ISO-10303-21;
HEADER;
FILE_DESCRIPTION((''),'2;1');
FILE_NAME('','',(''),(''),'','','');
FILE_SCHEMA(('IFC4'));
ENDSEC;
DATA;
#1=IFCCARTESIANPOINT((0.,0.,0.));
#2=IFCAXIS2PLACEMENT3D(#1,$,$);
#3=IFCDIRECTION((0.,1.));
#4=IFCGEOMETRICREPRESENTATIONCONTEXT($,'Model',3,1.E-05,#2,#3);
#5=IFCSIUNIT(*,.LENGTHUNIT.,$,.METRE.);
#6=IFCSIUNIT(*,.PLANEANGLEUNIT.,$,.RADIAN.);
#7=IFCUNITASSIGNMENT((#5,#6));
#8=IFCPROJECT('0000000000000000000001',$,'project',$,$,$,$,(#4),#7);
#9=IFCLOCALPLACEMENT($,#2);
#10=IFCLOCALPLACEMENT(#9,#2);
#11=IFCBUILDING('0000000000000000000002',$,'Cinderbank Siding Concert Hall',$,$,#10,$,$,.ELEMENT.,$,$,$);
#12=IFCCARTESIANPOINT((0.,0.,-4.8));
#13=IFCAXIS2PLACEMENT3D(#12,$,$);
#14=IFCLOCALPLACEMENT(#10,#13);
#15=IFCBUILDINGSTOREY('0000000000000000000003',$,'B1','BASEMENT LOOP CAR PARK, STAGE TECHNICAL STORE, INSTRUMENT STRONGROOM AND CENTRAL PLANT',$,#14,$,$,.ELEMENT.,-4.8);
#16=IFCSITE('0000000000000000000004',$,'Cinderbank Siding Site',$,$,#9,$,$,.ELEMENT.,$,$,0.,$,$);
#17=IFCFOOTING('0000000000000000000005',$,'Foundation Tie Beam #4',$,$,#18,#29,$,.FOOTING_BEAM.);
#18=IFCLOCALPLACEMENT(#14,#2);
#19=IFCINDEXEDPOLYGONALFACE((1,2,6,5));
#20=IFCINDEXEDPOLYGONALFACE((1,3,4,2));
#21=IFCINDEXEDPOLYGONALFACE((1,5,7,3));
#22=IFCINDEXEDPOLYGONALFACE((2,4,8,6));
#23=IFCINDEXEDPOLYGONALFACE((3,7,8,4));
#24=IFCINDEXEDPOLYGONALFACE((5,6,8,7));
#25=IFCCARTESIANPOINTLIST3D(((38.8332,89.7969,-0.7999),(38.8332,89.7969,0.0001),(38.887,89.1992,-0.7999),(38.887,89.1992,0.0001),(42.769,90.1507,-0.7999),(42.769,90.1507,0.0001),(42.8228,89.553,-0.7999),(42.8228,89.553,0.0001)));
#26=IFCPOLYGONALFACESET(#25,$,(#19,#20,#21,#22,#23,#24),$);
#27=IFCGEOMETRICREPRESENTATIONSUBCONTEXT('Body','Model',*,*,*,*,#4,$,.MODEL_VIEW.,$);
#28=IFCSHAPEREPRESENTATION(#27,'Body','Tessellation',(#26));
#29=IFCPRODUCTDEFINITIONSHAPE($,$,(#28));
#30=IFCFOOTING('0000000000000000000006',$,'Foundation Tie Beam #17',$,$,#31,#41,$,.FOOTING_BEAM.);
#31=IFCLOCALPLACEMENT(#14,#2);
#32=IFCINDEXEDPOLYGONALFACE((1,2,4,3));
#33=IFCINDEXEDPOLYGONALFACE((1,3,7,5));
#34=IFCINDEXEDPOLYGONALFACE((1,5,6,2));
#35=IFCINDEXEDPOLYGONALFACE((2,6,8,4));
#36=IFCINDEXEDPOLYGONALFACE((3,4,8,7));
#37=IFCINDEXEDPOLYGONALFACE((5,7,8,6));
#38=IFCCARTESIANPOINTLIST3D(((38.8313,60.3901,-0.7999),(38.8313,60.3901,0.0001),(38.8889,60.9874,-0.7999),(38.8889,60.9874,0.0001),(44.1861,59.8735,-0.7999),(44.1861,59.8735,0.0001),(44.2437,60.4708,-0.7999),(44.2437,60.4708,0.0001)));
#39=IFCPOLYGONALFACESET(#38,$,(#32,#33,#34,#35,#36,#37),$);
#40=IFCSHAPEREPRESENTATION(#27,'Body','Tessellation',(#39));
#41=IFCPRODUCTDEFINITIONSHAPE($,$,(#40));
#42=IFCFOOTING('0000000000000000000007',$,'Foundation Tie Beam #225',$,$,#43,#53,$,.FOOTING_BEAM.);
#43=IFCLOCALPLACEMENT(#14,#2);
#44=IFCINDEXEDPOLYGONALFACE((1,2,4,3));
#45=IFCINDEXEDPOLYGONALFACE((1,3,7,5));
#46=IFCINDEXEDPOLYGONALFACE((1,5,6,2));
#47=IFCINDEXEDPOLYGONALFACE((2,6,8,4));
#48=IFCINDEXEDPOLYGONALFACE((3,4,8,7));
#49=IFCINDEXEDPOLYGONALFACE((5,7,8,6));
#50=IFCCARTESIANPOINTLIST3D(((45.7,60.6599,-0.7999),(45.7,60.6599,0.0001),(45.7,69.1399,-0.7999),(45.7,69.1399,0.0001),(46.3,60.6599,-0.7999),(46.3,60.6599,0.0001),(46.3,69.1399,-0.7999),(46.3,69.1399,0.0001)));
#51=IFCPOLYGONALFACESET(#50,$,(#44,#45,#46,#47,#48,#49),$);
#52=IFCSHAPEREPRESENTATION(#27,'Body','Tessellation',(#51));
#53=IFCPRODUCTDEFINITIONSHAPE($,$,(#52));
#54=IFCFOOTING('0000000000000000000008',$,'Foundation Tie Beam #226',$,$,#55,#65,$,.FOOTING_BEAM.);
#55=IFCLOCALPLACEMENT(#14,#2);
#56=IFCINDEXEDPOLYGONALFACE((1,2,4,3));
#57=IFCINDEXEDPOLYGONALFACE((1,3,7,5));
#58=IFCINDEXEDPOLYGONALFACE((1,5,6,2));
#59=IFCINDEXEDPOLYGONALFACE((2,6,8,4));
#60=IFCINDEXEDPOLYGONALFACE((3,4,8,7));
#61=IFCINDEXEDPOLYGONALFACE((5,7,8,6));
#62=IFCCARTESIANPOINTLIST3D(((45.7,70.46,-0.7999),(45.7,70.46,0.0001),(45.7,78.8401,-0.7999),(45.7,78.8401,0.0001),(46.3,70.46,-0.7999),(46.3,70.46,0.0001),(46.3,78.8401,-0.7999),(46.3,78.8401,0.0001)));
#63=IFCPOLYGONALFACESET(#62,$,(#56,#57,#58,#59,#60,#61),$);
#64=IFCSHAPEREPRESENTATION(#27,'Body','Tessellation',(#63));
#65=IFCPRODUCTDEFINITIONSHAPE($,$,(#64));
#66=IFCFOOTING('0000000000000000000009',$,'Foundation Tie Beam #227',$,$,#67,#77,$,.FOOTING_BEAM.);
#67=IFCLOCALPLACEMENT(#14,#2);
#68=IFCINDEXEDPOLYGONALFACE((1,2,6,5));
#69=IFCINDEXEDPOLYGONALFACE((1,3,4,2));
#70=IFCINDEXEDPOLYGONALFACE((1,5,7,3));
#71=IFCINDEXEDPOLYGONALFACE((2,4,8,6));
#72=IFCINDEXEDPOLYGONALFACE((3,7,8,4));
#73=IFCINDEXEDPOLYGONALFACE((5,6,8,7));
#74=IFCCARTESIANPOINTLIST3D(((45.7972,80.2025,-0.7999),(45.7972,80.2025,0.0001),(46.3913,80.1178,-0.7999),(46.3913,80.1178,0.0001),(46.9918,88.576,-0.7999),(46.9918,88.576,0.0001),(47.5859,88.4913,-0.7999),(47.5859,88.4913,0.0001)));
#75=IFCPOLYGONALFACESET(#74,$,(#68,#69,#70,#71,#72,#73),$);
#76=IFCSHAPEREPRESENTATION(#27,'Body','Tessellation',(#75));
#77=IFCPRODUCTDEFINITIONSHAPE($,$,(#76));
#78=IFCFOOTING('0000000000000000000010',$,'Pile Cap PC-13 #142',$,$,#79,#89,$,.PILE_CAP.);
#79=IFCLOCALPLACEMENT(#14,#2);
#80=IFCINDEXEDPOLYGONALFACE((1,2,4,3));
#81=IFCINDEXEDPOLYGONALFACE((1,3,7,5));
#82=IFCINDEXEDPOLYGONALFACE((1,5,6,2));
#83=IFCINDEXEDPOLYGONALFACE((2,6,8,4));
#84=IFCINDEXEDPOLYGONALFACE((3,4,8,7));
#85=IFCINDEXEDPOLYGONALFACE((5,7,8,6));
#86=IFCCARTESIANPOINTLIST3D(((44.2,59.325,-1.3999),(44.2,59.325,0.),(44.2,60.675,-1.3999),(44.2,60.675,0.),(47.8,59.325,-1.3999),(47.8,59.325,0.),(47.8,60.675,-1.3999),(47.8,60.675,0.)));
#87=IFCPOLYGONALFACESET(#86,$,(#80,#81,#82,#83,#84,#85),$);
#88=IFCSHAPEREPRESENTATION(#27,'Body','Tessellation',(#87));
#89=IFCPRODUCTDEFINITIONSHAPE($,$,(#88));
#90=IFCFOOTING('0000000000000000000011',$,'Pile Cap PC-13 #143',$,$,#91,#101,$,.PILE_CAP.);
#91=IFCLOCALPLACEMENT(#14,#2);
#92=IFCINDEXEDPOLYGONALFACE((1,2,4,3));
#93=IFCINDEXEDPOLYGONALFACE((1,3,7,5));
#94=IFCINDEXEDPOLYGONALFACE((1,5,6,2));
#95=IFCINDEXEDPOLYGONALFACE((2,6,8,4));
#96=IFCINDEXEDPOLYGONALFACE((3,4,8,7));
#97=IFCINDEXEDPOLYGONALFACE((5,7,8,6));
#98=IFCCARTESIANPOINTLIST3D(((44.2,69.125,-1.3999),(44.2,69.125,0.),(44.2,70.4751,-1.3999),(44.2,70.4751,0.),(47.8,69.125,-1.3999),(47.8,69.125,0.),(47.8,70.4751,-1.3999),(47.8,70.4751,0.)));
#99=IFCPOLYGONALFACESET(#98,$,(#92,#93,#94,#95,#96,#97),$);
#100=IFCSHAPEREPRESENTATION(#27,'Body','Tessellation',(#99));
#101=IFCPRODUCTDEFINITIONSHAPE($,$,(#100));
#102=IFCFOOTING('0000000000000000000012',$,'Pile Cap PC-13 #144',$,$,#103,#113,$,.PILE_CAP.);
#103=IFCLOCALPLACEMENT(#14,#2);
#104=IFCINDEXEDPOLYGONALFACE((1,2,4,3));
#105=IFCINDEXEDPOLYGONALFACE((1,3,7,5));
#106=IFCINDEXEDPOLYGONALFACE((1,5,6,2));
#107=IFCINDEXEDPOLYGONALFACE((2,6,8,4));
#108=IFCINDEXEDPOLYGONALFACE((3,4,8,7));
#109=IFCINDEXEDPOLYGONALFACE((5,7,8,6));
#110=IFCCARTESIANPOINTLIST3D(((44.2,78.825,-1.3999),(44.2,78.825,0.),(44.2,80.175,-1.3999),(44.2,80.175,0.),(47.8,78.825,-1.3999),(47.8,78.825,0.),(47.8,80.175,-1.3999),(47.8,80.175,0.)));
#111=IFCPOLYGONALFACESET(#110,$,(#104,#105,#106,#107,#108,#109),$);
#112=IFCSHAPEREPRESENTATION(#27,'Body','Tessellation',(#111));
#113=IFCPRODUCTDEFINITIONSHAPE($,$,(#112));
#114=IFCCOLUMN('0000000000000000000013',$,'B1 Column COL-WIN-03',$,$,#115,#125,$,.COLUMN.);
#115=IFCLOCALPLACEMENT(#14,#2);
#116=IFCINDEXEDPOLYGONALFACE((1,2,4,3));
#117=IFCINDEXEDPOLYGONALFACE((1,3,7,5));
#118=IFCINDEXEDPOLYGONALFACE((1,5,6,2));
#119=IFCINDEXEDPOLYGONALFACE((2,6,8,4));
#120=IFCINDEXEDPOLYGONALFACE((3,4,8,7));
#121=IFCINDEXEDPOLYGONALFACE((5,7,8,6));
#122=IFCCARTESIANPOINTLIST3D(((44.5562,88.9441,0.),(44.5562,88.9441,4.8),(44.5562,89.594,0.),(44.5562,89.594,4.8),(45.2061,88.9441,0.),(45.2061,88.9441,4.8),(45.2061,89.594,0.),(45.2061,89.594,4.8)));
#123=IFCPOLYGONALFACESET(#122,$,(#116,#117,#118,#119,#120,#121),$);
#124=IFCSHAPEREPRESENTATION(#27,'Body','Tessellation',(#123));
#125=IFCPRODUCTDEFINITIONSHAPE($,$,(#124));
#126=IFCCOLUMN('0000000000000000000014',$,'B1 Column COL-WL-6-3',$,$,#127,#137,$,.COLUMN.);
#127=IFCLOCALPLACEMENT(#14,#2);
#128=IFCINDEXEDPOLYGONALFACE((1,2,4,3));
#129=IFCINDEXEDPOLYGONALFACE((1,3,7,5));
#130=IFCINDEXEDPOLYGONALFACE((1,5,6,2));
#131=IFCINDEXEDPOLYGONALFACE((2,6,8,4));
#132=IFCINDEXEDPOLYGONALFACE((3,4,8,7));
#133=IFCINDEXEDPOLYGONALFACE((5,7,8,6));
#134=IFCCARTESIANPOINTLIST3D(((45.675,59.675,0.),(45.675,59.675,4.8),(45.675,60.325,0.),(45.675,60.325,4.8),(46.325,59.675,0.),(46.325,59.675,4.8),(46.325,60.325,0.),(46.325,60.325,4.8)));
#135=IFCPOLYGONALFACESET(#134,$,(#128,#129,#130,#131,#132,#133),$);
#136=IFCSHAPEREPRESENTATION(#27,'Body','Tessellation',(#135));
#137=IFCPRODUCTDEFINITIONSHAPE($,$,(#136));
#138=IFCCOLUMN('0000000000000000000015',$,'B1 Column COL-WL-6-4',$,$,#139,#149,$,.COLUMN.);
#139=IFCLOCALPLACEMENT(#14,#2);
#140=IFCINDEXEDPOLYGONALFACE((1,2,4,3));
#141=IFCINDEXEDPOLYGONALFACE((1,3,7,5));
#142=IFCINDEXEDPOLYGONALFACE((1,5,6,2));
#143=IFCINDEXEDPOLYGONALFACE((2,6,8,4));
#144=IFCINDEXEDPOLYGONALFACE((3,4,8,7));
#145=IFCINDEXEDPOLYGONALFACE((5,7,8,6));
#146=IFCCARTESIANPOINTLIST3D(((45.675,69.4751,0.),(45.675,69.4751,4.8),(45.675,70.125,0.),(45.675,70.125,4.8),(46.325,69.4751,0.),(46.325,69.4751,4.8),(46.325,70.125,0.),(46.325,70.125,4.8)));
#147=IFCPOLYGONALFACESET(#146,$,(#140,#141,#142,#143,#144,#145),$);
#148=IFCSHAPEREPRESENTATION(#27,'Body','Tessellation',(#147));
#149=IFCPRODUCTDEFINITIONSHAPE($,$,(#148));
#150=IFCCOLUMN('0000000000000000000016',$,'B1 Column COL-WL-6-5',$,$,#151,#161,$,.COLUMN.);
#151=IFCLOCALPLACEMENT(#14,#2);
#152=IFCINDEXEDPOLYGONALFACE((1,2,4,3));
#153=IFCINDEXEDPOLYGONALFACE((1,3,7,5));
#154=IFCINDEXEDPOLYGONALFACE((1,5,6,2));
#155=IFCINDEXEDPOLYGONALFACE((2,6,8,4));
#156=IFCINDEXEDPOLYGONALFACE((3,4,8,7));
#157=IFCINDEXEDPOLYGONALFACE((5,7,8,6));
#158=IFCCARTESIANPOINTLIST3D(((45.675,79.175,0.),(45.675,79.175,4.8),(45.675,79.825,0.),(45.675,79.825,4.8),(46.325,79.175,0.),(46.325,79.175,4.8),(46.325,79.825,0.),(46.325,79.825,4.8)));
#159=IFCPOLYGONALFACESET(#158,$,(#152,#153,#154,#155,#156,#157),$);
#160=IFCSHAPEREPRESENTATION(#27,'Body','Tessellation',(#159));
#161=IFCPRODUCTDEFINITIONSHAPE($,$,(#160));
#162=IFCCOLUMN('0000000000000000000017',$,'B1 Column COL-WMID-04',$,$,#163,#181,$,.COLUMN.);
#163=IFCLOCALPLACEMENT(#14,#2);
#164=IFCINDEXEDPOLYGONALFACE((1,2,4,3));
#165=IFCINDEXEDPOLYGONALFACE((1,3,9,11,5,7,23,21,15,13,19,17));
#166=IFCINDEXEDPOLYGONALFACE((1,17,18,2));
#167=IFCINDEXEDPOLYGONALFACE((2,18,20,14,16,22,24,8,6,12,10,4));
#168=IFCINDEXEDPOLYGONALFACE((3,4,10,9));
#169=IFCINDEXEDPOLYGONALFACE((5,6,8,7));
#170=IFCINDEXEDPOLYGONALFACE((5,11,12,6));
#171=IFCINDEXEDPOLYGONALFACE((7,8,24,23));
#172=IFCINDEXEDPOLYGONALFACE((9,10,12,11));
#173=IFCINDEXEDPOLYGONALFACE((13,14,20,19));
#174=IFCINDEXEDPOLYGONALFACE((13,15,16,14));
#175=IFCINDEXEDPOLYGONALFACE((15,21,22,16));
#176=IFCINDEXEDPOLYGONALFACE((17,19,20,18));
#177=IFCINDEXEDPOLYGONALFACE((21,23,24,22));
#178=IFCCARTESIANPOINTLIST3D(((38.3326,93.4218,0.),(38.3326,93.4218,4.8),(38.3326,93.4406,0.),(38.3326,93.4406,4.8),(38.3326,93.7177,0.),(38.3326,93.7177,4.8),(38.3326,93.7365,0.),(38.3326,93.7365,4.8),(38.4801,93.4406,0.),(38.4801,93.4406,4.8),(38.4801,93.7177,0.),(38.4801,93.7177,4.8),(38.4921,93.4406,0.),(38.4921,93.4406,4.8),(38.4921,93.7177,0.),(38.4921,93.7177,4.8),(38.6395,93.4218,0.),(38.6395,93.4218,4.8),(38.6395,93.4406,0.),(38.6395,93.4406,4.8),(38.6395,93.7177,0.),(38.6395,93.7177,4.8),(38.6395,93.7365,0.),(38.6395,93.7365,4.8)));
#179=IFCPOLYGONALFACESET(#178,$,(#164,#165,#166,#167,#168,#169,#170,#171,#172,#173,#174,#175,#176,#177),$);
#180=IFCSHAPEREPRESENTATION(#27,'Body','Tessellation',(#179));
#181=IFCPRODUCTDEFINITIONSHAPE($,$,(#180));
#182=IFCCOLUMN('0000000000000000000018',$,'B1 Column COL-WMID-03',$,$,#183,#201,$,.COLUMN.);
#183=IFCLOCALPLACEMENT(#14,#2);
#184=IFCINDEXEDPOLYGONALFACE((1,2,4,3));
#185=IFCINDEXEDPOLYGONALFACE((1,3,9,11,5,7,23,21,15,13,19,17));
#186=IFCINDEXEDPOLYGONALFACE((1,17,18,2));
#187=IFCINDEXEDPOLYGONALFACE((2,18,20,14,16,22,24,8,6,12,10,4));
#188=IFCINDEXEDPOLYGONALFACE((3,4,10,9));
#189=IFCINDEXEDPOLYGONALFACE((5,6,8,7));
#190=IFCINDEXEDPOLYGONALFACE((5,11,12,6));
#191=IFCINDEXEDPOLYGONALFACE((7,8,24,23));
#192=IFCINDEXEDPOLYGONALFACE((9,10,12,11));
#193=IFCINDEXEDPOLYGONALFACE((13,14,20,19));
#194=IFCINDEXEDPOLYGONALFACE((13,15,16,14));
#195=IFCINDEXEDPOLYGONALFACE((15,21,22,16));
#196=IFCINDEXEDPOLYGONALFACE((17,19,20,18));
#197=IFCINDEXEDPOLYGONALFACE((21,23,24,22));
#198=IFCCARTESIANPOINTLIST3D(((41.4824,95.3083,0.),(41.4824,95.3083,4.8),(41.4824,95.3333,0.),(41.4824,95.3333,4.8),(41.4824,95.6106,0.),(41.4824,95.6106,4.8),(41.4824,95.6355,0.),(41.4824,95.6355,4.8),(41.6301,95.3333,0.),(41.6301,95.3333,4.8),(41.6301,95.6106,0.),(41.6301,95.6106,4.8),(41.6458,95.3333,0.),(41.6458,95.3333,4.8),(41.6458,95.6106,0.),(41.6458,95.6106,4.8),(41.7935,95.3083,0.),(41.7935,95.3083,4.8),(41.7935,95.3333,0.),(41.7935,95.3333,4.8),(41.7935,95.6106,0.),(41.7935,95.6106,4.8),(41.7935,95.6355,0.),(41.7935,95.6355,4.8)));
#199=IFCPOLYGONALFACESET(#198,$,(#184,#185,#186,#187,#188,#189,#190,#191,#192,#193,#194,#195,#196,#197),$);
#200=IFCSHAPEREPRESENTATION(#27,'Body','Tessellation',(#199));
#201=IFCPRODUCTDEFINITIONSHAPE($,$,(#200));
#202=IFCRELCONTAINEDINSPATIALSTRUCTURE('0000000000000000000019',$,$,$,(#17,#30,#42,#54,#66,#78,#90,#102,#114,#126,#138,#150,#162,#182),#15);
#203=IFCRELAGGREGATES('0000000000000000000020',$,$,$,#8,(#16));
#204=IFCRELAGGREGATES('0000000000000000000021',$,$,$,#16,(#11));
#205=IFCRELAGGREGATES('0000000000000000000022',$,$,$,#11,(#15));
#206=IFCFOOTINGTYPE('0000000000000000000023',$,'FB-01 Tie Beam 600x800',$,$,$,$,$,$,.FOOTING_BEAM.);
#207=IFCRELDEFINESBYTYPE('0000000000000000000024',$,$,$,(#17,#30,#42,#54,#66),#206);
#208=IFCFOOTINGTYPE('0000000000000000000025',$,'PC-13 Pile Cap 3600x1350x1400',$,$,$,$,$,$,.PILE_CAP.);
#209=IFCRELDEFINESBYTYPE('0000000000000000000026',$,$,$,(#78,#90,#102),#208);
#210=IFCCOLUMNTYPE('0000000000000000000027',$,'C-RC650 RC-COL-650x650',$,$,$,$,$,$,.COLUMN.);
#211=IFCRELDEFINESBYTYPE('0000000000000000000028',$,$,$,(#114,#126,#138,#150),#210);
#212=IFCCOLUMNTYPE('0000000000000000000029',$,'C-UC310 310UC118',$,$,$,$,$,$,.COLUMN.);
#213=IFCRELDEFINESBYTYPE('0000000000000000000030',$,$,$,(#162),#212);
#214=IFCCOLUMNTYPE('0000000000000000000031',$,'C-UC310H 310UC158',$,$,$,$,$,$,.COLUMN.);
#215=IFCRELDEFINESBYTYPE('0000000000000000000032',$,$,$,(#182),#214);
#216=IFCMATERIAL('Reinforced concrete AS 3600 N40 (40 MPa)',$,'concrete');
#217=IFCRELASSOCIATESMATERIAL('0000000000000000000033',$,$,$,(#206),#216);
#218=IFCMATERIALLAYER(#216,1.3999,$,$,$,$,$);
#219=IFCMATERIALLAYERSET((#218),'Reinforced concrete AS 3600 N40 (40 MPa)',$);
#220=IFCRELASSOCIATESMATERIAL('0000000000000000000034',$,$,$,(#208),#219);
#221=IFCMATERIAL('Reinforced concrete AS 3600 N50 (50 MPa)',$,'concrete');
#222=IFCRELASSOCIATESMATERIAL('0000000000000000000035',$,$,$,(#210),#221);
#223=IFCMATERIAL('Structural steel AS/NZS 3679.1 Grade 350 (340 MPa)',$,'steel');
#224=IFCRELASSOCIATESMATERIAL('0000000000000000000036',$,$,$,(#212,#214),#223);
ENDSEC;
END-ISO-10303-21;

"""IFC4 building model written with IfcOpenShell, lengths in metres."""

from ifc_helpers import new_model, si_unit, direction, frame, origin, origin_2d, place, context, subcontext, project, spatial, rectangle, i_section, extrude, material, layer, layer_set, material_profile, profile_set, type_object, element, save


model = new_model("IFC4")

# Units and contexts
model_context = context("Model", 3, precision=1e-05, world=origin(), true_north=direction((0.0, 1.0)))
body_context = subcontext(model_context, "Body", "Model", "MODEL_VIEW")
ifc_project = project(units=[si_unit("LENGTHUNIT", "METRE"), si_unit("PLANEANGLEUNIT", "RADIAN")], contexts=[model_context])

# Site, building, storey
site_placement = place(None, origin())
site = spatial("IfcSite", under=ifc_project, at=site_placement, Name="Cinderbank Siding Site", CompositionType="ELEMENT", RefElevation=0.0)
building_placement = place(site_placement, origin())
building = spatial("IfcBuilding", under=site, at=building_placement, Name="Cinderbank Siding Concert Hall", CompositionType="ELEMENT")
storey_placement = place(building_placement, frame((0.0, 0.0, -4.8)))
storey = spatial("IfcBuildingStorey", under=building, at=storey_placement, Name="B1", Description="BASEMENT LOOP CAR PARK, STAGE TECHNICAL STORE, INSTRUMENT STRONGROOM AND CENTRAL PLANT", CompositionType="ELEMENT", Elevation=-4.8)

# Shared definitions
ifc_material_1 = material(Name="Reinforced concrete AS 3600 N40 (40 MPa)", Category="concrete")

# Footings
ifc_material_profile_1 = material_profile(ifc_material_1, rectangle(XDim=0.6001, YDim=0.8, at=origin_2d()), Name="RC-FB-600x800", Category="LoadBearing")
ifc_profile_set_1 = profile_set([ifc_material_profile_1], Name="Reinforced concrete AS 3600 N40 (40 MPa)")
footing_type_1 = type_object("IfcFootingType", Name="FB-01 Tie Beam 600x800", PredefinedType="FOOTING_BEAM", material=ifc_profile_set_1)
footing_1_placement = place(storey_placement, frame((38.8601, 89.498, -0.3999), z_axis=(0.995985, 0.089522, 0.0), x_axis=(-0.089522, 0.995985, 0.0)))
element("IfcFooting", 1, at=footing_1_placement, inside=storey, type_object=footing_type_1, Name="Foundation Tie Beam #4", PredefinedType="FOOTING_BEAM", context=body_context, shape_type="SweptSolid", body=[
    extrude(rectangle(XDim=0.6001, YDim=0.8, at=origin_2d()), origin(), (0.0, 0.0, 1.0), 3.9517),
])
footing_2_placement = place(storey_placement, frame((38.8601, 60.6887, -0.3999), z_axis=(0.995378, -0.09603, 0.0), x_axis=(0.09603, 0.995378, 0.0)))
element("IfcFooting", 2, at=footing_2_placement, inside=storey, type_object=footing_type_1, Name="Foundation Tie Beam #17", PredefinedType="FOOTING_BEAM", context=body_context, shape_type="SweptSolid", body=[
    extrude(rectangle(XDim=0.6001, YDim=0.8, at=origin_2d()), origin(), (0.0, 0.0, 1.0), 5.3796),
])
footing_3_placement = place(storey_placement, frame((46.0, 60.6599, -0.3999), z_axis=(0.0, 1.0, 0.0), x_axis=(-1.0, 0.0, 0.0)))
element("IfcFooting", 3, at=footing_3_placement, inside=storey, type_object=footing_type_1, Name="Foundation Tie Beam #225", PredefinedType="FOOTING_BEAM", context=body_context, shape_type="SweptSolid", body=[
    extrude(rectangle(XDim=0.6001, YDim=0.8, at=origin_2d()), origin(), (0.0, 0.0, 1.0), 8.48),
])
footing_4_placement = place(storey_placement, frame((46.0, 70.46, -0.3999), z_axis=(0.0, 1.0, 0.0), x_axis=(-1.0, 0.0, 0.0)))
element("IfcFooting", 4, at=footing_4_placement, inside=storey, type_object=footing_type_1, Name="Foundation Tie Beam #226", PredefinedType="FOOTING_BEAM", context=body_context, shape_type="SweptSolid", body=[
    extrude(rectangle(XDim=0.6001, YDim=0.8, at=origin_2d()), origin(), (0.0, 0.0, 1.0), 8.3801),
])
footing_5_placement = place(storey_placement, frame((46.0942, 80.1602, -0.3999), z_axis=(0.141231, 0.989977, 0.0), x_axis=(-0.989977, 0.141231, 0.0)))
element("IfcFooting", 5, at=footing_5_placement, inside=storey, type_object=footing_type_1, Name="Foundation Tie Beam #227", PredefinedType="FOOTING_BEAM", context=body_context, shape_type="SweptSolid", body=[
    extrude(rectangle(XDim=0.6001, YDim=0.8, at=origin_2d()), origin(), (0.0, 0.0, 1.0), 8.4583),
])
ifc_layer_1 = layer(ifc_material_1, 1.3999)
ifc_layer_set_1 = layer_set([ifc_layer_1], Name="Reinforced concrete AS 3600 N40 (40 MPa)")
footing_type_2 = type_object("IfcFootingType", Name="PC-13 Pile Cap 3600x1350x1400", PredefinedType="PILE_CAP", material=ifc_layer_set_1)
for number, where, z_axis, x_axis, name in (
    (6, (46.0, 60.0, -1.3999), (0.0, 0.0, 1.0), (1.0, 0.0, 0.0), "Pile Cap PC-13 #142"),
    (7, (46.0, 69.8, -1.3999), (0.0, 0.0, 1.0), (1.0, 0.0, 0.0), "Pile Cap PC-13 #143"),
    (8, (46.0, 79.5, -1.3999), (0.0, 0.0, 1.0), (1.0, 0.0, 0.0), "Pile Cap PC-13 #144"),
):
    element("IfcFooting", number, at=place(storey_placement, frame(where, z_axis=z_axis, x_axis=x_axis)), inside=storey, type_object=footing_type_2, Name=name, PredefinedType="PILE_CAP", context=body_context, shape_type="SweptSolid", body=[
        extrude(rectangle(XDim=3.6001, YDim=1.3501, at=origin_2d()), origin(), (0.0, 0.0, 1.0), 1.3999),
    ])

# Columns
ifc_material_2 = material(Name="Reinforced concrete AS 3600 N50 (50 MPa)", Category="concrete")
ifc_material_profile_2 = material_profile(ifc_material_2, rectangle(XDim=0.6499, YDim=0.6499, at=origin_2d()), Name="RC-COL-650x650", Category="LoadBearing")
ifc_profile_set_2 = profile_set([ifc_material_profile_2], Name="Reinforced concrete AS 3600 N50 (50 MPa)")
column_type_1 = type_object("IfcColumnType", Name="C-RC650 RC-COL-650x650", PredefinedType="COLUMN", material=ifc_profile_set_2)
for number, where, z_axis, x_axis, name in (
    (9, (44.8811, 89.269, 0.0), (0.0, 0.0, 1.0), (1.0, 0.0, 0.0), "B1 Column COL-WIN-03"),
    (10, (46.0, 60.0, 0.0), (0.0, 0.0, 1.0), (1.0, 0.0, 0.0), "B1 Column COL-WL-6-3"),
    (11, (46.0, 69.8, 0.0), (0.0, 0.0, 1.0), (1.0, 0.0, 0.0), "B1 Column COL-WL-6-4"),
    (12, (46.0, 79.5, 0.0), (0.0, 0.0, 1.0), (1.0, 0.0, 0.0), "B1 Column COL-WL-6-5"),
):
    element("IfcColumn", number, at=place(storey_placement, frame(where, z_axis=z_axis, x_axis=x_axis)), inside=storey, type_object=column_type_1, Name=name, PredefinedType="COLUMN", context=body_context, shape_type="SweptSolid", body=[
        extrude(rectangle(XDim=0.6499, YDim=0.6499, at=origin_2d()), origin(), (0.0, 0.0, 1.0), 4.8),
    ])
ifc_material_3 = material(Name="Structural steel AS/NZS 3679.1 Grade 350 (340 MPa)", Category="steel")
ifc_material_profile_3 = material_profile(ifc_material_3, i_section(OverallWidth=0.3069, OverallDepth=0.3147, WebThickness=0.012, FlangeThickness=0.0188, at=origin_2d()), Name="310UC118", Category="LoadBearing")
ifc_profile_set_3 = profile_set([ifc_material_profile_3], Name="Structural steel AS/NZS 3679.1 Grade 350 (340 MPa)")
column_type_2 = type_object("IfcColumnType", Name="C-UC310 310UC118", PredefinedType="COLUMN", material=ifc_profile_set_3)
column_1_placement = place(storey_placement, frame((38.4861, 93.5791, 0.0), z_axis=(0.0, 0.0, 1.0), x_axis=(1.0, 0.0, 0.0)))
element("IfcColumn", 13, at=column_1_placement, inside=storey, type_object=column_type_2, Name="B1 Column COL-WMID-04", PredefinedType="COLUMN", context=body_context, shape_type="SweptSolid", body=[
    extrude(i_section(OverallWidth=0.3069, OverallDepth=0.3147, WebThickness=0.012, FlangeThickness=0.0188, at=origin_2d()), origin(), (0.0, 0.0, 1.0), 4.8),
])
ifc_material_profile_4 = material_profile(ifc_material_3, i_section(OverallWidth=0.311, OverallDepth=0.3271, WebThickness=0.0156, FlangeThickness=0.0249, at=origin_2d()), Name="310UC158", Category="LoadBearing")
ifc_profile_set_4 = profile_set([ifc_material_profile_4], Name="Structural steel AS/NZS 3679.1 Grade 350 (340 MPa)")
column_type_3 = type_object("IfcColumnType", Name="C-UC310H 310UC158", PredefinedType="COLUMN", material=ifc_profile_set_4)
column_2_placement = place(storey_placement, frame((41.6379, 95.4719, 0.0), z_axis=(0.0, 0.0, 1.0), x_axis=(1.0, 0.0, 0.0)))
element("IfcColumn", 14, at=column_2_placement, inside=storey, type_object=column_type_3, Name="B1 Column COL-WMID-03", PredefinedType="COLUMN", context=body_context, shape_type="SweptSolid", body=[
    extrude(i_section(OverallWidth=0.311, OverallDepth=0.3271, WebThickness=0.0156, FlangeThickness=0.0249, at=origin_2d()), origin(), (0.0, 0.0, 1.0), 4.8),
])

save(model, "model.ifc")
